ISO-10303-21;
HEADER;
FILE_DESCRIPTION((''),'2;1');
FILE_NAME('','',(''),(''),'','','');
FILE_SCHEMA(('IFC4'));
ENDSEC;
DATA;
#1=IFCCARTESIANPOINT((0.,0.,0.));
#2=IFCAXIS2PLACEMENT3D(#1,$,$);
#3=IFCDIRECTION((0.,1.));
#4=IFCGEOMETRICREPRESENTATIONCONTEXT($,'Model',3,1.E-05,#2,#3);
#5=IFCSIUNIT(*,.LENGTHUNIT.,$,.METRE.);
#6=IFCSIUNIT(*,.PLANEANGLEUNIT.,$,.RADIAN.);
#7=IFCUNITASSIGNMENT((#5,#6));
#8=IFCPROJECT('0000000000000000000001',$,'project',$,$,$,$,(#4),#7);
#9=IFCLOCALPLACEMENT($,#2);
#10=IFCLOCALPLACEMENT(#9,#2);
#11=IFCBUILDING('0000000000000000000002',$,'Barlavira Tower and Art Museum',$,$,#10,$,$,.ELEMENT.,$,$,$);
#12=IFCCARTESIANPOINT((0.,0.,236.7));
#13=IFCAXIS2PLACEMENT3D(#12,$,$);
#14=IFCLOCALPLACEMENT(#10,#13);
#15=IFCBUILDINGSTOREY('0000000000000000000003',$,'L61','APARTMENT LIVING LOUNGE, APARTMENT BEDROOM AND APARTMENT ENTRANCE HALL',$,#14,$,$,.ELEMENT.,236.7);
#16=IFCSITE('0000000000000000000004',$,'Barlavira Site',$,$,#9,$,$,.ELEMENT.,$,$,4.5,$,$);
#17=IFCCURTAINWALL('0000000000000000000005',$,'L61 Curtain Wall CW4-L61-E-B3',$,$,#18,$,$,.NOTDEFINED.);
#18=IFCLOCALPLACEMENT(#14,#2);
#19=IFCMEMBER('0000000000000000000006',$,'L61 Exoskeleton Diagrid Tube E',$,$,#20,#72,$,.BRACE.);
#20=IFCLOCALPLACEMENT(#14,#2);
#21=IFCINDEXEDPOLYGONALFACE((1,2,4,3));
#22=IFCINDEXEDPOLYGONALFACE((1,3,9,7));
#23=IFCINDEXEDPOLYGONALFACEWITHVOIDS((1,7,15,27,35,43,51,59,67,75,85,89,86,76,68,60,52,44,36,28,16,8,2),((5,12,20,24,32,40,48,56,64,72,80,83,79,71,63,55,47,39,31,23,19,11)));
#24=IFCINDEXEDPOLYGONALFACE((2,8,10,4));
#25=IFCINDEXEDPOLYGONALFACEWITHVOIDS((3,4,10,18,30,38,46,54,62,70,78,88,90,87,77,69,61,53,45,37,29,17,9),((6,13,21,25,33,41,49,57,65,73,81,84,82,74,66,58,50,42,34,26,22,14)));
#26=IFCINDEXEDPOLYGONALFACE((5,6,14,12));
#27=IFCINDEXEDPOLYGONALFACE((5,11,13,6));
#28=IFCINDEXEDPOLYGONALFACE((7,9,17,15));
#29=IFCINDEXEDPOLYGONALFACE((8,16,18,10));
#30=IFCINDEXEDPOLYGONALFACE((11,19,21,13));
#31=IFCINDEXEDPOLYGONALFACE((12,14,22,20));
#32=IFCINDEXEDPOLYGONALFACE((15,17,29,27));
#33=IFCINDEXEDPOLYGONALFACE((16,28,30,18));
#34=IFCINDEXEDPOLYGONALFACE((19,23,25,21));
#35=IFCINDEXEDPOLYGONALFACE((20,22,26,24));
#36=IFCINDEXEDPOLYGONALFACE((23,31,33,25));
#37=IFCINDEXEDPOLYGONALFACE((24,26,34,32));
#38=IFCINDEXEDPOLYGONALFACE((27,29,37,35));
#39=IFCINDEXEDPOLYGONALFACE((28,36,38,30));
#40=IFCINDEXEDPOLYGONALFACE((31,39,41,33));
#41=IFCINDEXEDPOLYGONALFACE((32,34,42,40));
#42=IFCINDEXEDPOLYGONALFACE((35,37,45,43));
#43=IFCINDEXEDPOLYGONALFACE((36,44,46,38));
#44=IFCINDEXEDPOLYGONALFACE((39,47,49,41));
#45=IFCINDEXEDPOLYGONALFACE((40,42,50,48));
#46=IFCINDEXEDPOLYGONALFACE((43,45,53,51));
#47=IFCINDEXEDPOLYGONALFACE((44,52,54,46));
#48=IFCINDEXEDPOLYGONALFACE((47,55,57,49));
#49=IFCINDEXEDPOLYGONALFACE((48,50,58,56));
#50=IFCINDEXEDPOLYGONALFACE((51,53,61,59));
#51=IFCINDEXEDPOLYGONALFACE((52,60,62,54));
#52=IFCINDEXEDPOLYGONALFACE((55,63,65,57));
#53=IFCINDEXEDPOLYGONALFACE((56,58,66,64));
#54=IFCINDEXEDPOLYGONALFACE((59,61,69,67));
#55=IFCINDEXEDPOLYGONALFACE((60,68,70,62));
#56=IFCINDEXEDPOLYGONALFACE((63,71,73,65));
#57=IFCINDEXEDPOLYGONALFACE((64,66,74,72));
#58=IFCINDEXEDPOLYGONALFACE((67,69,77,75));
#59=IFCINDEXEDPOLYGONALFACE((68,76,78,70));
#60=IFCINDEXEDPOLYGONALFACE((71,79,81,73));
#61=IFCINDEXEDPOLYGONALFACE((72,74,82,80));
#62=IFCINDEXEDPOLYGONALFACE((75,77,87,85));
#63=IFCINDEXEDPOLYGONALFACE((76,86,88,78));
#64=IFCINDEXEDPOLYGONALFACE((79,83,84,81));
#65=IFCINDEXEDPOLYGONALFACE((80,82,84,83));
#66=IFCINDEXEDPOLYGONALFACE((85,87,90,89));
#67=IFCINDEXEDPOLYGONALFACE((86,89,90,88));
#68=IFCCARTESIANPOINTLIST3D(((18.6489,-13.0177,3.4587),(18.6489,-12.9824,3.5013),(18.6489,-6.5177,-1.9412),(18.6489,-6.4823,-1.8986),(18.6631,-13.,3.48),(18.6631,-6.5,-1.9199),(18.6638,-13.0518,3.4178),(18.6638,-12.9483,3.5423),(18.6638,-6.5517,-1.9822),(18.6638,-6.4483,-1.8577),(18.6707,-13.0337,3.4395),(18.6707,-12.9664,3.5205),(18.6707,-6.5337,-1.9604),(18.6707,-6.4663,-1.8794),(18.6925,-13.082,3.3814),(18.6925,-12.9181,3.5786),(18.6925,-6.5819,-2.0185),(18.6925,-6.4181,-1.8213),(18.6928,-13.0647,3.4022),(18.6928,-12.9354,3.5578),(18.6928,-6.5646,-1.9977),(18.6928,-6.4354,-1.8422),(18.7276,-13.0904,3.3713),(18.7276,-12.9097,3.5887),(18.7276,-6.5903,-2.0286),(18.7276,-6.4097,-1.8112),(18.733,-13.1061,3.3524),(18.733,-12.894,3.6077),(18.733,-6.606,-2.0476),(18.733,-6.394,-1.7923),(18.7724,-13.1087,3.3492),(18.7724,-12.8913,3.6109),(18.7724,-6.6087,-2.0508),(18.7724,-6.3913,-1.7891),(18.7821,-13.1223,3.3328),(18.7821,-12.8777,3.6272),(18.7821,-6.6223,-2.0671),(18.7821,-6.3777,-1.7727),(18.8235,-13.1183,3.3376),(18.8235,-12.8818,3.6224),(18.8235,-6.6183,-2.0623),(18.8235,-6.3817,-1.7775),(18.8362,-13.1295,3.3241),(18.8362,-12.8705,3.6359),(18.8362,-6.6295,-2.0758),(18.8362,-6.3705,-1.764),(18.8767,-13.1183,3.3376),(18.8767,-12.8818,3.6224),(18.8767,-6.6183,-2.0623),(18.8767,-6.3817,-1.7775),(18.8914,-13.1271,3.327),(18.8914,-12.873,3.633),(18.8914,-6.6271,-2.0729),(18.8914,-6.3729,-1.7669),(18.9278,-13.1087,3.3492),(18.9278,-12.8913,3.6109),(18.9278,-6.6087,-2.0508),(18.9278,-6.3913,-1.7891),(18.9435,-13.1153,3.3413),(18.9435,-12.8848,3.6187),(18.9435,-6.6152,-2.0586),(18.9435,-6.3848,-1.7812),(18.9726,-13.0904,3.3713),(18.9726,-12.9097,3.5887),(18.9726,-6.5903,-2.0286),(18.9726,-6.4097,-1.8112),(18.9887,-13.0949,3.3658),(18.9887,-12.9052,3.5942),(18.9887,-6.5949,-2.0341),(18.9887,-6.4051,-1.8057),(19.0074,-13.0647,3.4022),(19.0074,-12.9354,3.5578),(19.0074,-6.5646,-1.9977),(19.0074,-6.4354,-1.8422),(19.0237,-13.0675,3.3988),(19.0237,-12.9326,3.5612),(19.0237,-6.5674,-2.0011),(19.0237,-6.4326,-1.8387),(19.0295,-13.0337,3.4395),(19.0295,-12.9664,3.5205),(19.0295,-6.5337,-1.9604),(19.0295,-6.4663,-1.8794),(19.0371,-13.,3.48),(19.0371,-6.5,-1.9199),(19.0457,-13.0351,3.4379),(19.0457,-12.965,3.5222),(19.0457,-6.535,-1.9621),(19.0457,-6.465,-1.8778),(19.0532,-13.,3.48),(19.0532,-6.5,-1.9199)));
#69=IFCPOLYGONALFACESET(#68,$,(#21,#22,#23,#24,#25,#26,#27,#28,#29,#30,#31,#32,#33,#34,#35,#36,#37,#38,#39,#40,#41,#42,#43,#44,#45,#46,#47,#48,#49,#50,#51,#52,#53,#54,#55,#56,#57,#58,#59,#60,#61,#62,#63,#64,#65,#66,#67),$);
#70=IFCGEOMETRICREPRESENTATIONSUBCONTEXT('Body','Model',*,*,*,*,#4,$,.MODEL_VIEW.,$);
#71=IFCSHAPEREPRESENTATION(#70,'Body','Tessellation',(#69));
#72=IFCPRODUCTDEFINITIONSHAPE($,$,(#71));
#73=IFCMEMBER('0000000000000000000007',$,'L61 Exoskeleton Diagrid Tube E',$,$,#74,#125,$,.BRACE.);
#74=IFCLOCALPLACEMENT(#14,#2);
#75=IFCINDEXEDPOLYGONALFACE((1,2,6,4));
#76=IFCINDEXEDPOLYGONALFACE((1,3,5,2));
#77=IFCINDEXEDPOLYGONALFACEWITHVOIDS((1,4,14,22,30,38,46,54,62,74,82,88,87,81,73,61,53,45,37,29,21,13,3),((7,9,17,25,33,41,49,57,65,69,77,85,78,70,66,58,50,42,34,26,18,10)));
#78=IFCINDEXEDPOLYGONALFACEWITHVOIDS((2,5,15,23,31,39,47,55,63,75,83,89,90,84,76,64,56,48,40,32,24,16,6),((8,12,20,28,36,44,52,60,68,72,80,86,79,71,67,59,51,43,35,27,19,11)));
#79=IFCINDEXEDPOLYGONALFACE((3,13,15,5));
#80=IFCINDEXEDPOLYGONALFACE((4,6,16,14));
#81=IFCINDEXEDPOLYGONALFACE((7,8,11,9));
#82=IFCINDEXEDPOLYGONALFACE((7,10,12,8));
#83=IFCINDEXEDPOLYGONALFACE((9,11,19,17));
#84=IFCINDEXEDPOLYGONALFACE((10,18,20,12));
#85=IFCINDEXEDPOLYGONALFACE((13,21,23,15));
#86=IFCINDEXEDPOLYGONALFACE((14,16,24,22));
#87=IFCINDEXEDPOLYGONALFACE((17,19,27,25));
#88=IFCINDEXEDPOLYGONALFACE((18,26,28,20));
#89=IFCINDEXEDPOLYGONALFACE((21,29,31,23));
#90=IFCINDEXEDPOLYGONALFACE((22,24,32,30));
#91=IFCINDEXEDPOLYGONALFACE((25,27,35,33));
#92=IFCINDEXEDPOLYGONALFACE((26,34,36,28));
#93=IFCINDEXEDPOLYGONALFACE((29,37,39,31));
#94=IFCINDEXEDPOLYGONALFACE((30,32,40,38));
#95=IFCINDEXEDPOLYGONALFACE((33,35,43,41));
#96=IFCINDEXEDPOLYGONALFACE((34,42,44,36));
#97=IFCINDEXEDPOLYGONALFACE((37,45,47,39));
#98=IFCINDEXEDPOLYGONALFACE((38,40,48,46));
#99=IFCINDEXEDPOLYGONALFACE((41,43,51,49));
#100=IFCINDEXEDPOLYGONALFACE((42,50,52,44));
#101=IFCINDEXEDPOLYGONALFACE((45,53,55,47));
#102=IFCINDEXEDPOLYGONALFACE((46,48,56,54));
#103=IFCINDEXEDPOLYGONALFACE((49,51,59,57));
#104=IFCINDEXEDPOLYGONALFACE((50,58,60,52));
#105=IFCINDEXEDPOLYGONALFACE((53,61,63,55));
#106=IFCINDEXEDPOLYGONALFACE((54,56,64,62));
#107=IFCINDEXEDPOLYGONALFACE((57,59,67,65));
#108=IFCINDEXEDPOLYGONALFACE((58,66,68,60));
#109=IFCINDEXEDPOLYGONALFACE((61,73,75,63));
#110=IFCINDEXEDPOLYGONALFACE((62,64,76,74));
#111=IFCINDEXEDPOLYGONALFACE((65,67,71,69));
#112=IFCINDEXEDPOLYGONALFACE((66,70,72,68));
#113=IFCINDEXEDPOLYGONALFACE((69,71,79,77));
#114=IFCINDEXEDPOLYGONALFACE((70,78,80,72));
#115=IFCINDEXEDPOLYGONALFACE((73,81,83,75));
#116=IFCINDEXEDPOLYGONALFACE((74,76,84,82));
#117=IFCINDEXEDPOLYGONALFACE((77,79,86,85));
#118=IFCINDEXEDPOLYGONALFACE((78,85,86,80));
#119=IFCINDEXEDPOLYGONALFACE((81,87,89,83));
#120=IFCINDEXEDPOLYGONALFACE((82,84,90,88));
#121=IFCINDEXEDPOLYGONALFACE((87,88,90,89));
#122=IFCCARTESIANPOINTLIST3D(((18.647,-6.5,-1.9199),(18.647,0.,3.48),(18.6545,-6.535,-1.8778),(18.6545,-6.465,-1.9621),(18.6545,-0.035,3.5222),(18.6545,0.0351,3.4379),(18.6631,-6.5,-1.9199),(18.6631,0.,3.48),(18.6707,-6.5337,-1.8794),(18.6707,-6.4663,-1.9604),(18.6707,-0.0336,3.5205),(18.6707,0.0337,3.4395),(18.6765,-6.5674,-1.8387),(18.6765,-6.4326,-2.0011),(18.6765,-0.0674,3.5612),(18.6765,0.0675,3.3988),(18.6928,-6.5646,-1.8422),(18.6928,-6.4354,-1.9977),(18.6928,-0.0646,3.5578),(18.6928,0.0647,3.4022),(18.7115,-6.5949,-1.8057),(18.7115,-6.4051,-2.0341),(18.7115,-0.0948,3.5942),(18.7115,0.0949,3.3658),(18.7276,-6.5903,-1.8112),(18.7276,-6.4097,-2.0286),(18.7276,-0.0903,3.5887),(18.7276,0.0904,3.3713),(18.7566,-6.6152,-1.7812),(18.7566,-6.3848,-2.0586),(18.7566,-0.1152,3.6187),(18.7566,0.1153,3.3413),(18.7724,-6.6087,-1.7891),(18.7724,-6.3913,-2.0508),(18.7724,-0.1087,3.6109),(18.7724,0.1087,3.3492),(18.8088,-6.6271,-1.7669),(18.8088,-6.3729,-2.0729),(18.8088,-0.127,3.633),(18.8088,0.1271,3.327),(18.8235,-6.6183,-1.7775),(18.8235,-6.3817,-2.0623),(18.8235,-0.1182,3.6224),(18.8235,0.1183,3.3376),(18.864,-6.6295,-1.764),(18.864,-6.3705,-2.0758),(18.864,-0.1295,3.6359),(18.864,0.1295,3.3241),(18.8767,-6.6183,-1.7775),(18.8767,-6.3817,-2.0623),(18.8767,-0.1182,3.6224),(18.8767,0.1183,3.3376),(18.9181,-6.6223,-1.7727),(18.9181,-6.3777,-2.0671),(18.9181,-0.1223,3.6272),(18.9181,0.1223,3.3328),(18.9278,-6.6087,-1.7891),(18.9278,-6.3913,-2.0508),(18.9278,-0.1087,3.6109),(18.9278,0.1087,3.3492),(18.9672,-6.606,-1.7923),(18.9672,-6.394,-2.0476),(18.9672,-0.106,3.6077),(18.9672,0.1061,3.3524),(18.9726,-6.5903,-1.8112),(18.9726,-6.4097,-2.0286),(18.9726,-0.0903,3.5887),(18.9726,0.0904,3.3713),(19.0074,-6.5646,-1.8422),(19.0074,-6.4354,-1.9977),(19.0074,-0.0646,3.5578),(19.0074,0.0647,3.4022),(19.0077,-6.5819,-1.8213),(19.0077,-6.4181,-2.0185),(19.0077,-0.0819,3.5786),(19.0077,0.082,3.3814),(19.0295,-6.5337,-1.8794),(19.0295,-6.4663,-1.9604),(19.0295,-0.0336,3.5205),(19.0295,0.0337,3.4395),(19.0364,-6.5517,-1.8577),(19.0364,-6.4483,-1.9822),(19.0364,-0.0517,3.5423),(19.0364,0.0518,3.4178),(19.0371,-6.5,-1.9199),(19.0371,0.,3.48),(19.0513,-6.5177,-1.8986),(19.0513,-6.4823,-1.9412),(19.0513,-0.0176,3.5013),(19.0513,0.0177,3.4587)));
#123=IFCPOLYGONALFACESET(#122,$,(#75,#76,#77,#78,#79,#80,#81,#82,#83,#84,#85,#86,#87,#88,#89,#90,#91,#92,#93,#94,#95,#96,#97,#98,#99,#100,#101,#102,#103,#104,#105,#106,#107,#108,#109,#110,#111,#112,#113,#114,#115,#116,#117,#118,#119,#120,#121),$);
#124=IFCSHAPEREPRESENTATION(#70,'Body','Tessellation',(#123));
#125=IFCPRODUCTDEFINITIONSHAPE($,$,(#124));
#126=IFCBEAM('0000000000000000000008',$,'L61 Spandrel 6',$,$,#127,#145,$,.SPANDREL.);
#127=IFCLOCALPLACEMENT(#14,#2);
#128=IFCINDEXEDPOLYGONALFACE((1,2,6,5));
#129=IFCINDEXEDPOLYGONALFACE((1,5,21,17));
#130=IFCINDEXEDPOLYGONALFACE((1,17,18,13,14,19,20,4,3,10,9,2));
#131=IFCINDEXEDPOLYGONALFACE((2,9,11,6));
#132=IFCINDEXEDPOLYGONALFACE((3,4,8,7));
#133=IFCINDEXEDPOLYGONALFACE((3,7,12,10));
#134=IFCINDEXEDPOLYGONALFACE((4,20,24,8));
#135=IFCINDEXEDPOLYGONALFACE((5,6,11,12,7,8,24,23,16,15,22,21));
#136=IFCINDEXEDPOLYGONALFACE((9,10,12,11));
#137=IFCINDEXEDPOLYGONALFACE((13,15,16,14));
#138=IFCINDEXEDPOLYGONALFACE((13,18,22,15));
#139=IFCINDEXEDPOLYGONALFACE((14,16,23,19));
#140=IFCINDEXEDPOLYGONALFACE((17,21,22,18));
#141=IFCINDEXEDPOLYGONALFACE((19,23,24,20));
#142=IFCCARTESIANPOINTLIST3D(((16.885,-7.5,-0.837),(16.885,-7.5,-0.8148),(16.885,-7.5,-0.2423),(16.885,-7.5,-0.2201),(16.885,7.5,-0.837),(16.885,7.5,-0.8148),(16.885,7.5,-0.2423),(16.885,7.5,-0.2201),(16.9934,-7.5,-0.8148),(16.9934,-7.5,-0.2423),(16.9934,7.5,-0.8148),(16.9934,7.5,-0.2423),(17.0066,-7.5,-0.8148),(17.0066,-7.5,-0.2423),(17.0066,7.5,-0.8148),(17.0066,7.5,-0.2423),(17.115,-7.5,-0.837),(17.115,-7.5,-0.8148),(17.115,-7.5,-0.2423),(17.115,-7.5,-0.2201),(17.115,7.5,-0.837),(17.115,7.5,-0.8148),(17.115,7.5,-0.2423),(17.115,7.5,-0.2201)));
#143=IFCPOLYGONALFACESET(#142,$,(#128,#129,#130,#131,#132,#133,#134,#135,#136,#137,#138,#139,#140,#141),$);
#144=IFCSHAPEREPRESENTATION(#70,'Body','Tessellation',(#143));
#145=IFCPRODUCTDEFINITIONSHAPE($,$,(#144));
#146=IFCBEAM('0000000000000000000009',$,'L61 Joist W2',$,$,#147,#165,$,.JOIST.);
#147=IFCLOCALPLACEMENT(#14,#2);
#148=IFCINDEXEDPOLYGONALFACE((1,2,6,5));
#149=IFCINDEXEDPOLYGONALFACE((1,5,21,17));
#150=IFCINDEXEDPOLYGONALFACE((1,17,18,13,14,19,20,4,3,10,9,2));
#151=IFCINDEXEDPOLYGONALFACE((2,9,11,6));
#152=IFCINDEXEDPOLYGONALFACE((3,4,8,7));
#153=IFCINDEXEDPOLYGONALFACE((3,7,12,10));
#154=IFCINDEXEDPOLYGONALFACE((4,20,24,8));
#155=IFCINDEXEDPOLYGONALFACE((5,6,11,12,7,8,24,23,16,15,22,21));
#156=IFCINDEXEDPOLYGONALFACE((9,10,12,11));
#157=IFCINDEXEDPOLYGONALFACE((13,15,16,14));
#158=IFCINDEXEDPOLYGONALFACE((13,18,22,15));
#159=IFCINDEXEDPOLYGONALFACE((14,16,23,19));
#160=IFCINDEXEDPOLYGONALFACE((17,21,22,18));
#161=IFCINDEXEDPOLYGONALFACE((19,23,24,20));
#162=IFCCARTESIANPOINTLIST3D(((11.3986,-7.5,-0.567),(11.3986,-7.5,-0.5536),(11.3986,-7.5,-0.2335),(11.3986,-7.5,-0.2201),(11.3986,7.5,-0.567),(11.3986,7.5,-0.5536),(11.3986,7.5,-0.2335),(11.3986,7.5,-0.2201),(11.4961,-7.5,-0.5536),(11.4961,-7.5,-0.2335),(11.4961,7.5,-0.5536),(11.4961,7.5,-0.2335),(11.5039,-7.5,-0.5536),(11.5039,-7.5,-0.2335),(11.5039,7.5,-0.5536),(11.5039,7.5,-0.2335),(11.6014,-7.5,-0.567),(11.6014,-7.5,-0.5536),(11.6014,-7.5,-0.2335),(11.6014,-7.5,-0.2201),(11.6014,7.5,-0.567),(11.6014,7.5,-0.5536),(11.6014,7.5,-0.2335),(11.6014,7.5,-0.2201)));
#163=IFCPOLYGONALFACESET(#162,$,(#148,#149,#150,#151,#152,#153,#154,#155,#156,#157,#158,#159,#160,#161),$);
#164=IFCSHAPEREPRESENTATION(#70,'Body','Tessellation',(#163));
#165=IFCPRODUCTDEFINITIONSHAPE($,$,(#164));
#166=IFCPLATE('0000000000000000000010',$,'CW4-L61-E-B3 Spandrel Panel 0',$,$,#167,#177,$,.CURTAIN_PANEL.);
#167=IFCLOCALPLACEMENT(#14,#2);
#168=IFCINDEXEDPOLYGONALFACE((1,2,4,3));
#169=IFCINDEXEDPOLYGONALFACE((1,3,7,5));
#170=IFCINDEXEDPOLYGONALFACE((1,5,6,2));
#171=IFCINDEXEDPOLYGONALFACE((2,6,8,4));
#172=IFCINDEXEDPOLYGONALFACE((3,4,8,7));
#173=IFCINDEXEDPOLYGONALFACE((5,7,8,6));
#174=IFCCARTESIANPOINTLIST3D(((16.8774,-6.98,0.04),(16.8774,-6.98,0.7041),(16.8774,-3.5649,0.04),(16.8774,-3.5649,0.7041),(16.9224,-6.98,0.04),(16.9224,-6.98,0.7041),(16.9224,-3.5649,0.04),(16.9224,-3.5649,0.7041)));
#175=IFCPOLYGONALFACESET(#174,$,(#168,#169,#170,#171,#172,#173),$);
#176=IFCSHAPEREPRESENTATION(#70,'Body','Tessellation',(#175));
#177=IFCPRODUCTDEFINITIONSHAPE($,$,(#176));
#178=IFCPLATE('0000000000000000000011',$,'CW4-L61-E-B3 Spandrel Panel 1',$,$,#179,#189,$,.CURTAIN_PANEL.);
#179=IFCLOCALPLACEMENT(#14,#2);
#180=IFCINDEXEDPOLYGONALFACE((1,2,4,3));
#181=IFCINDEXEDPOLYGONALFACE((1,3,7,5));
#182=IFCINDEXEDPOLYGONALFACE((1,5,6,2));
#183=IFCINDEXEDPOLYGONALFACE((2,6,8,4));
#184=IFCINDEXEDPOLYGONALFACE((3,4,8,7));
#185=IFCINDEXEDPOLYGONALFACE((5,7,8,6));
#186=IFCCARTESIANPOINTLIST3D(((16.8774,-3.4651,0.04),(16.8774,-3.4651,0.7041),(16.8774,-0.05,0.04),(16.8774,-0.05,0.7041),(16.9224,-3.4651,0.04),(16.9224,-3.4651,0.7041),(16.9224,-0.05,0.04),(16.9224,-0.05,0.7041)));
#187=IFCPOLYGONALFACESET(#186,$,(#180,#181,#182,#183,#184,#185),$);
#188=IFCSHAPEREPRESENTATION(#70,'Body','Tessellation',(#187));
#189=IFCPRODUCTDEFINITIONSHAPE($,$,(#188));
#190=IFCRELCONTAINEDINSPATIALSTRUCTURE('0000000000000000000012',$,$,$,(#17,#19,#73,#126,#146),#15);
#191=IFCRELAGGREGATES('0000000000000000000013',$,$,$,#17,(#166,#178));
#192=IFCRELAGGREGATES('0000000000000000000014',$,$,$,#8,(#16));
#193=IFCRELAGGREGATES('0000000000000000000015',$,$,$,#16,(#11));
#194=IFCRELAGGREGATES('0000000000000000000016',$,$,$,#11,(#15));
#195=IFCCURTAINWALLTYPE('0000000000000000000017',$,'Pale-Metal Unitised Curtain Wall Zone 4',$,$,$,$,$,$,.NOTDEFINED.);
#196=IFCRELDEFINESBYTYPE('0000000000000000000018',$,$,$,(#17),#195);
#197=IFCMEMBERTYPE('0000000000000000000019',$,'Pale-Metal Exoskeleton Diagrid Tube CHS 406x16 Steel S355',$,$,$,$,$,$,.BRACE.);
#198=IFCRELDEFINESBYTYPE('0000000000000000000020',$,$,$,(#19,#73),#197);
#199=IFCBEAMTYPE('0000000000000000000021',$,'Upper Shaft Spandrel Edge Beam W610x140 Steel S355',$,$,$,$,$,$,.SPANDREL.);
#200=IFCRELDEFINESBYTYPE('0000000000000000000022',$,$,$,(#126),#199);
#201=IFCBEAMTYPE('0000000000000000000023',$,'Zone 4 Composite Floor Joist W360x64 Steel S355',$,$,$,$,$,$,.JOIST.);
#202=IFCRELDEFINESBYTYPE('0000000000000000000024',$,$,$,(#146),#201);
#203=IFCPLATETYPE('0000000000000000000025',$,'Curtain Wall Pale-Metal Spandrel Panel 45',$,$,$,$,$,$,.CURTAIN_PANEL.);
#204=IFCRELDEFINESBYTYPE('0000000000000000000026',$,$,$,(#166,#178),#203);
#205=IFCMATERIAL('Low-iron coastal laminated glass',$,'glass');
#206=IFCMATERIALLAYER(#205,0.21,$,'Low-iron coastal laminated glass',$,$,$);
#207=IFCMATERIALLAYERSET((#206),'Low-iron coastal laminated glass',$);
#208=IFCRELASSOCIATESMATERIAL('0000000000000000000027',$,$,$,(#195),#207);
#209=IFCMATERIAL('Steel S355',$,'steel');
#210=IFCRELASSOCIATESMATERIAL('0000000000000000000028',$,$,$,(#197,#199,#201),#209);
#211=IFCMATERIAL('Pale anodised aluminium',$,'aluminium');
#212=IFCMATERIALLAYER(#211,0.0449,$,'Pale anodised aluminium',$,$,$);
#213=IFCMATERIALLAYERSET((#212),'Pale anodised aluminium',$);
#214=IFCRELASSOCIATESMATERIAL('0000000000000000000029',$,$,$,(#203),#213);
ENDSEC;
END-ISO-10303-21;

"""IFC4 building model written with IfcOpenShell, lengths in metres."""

from ifc_helpers import new_model, si_unit, direction, frame, origin, origin_2d, place, context, subcontext, project, spatial, rectangle, hollow_circle, i_section, extrude, material, layer, layer_set, material_profile, profile_set, type_object, element, aggregate, save


model = new_model("IFC4")

# Units and contexts
model_context = context("Model", 3, precision=1e-05, world=origin(), true_north=direction((0.0, 1.0)))
body_context = subcontext(model_context, "Body", "Model", "MODEL_VIEW")
ifc_project = project(units=[si_unit("LENGTHUNIT", "METRE"), si_unit("PLANEANGLEUNIT", "RADIAN")], contexts=[model_context])

# Site, building, storey
site_placement = place(None, origin())
site = spatial("IfcSite", under=ifc_project, at=site_placement, Name="Barlavira Site", CompositionType="ELEMENT", RefElevation=4.5)
building_placement = place(site_placement, origin())
building = spatial("IfcBuilding", under=site, at=building_placement, Name="Barlavira Tower and Art Museum", CompositionType="ELEMENT")
storey_placement = place(building_placement, frame((0.0, 0.0, 236.7)))
storey = spatial("IfcBuildingStorey", under=building, at=storey_placement, Name="L61", Description="APARTMENT LIVING LOUNGE, APARTMENT BEDROOM AND APARTMENT ENTRANCE HALL", CompositionType="ELEMENT", Elevation=236.7)

# Curtain wall
ifc_material_1 = material(Name="Low-iron coastal laminated glass", Category="glass")
ifc_layer_1 = layer(ifc_material_1, 0.21, Name="Low-iron coastal laminated glass")
ifc_layer_set_1 = layer_set([ifc_layer_1], Name="Low-iron coastal laminated glass")
curtain_wall_type = type_object("IfcCurtainWallType", Name="Pale-Metal Unitised Curtain Wall Zone 4", PredefinedType="NOTDEFINED", material=ifc_layer_set_1)
curtain_wall_placement = place(storey_placement, origin())
curtain_wall = element("IfcCurtainWall", 1, at=curtain_wall_placement, inside=storey, type_object=curtain_wall_type, Name="L61 Curtain Wall CW4-L61-E-B3", PredefinedType="NOTDEFINED")
ifc_material_2 = material(Name="Pale anodised aluminium", Category="aluminium")

# Members
ifc_material_3 = material(Name="Steel S355", Category="steel")
ifc_material_profile_1 = material_profile(ifc_material_3, hollow_circle(Radius=0.2031, WallThickness=0.0161, at=origin_2d()), Name="CHS 406.4x16.0")
ifc_profile_set_1 = profile_set([ifc_material_profile_1], Name="Steel S355")
member_type_1 = type_object("IfcMemberType", Name="Pale-Metal Exoskeleton Diagrid Tube CHS 406x16 Steel S355", PredefinedType="BRACE", material=ifc_profile_set_1)
for number, where, z_axis, x_axis, name in (
    (2, (18.8501, -6.5, -1.9199), (0.0, -0.769196, 0.639013), (1.0, 0.0, 0.0), "L61 Exoskeleton Diagrid Tube E"),
    (3, (18.8501, -6.5, -1.9199), (0.0, 0.769196, 0.639013), (-1.0, 0.0, 0.0), "L61 Exoskeleton Diagrid Tube E"),
):
    element("IfcMember", number, at=place(storey_placement, frame(where, z_axis=z_axis, x_axis=x_axis)), inside=storey, type_object=member_type_1, Name=name, PredefinedType="BRACE", context=body_context, shape_type="SweptSolid", body=[
        extrude(hollow_circle(Radius=0.2031, WallThickness=0.0161, at=origin_2d()), origin(), (0.0, 0.0, 1.0), 8.4504),
    ])

# Beams
ifc_material_profile_2 = material_profile(ifc_material_3, i_section(OverallWidth=0.23, OverallDepth=0.6169, WebThickness=0.0132, FlangeThickness=0.0222, at=origin_2d()), Name="W610x140.0")
ifc_profile_set_2 = profile_set([ifc_material_profile_2], Name="Steel S355")
beam_type_1 = type_object("IfcBeamType", Name="Upper Shaft Spandrel Edge Beam W610x140 Steel S355", PredefinedType="SPANDREL", material=ifc_profile_set_2)
beam_1_placement = place(storey_placement, frame((17.0, -7.5, -0.5286), z_axis=(0.0, 1.0, 0.0), x_axis=(-1.0, 0.0, 0.0)))
element("IfcBeam", 4, at=beam_1_placement, inside=storey, type_object=beam_type_1, Name="L61 Spandrel 6", PredefinedType="SPANDREL", context=body_context, shape_type="SweptSolid", body=[
    extrude(i_section(OverallWidth=0.23, OverallDepth=0.6169, WebThickness=0.0132, FlangeThickness=0.0222, at=origin_2d()), origin(), (0.0, 0.0, 1.0), 15.0),
])
ifc_material_profile_3 = material_profile(ifc_material_3, i_section(OverallWidth=0.2029, OverallDepth=0.3469, WebThickness=0.0078, FlangeThickness=0.0134, at=origin_2d()), Name="W360x64.0")
ifc_profile_set_3 = profile_set([ifc_material_profile_3], Name="Steel S355")
beam_type_2 = type_object("IfcBeamType", Name="Zone 4 Composite Floor Joist W360x64 Steel S355", PredefinedType="JOIST", material=ifc_profile_set_3)
beam_2_placement = place(storey_placement, frame((11.5, -7.5, -0.3936), z_axis=(0.0, 1.0, 0.0), x_axis=(-1.0, 0.0, 0.0)))
element("IfcBeam", 5, at=beam_2_placement, inside=storey, type_object=beam_type_2, Name="L61 Joist W2", PredefinedType="JOIST", context=body_context, shape_type="SweptSolid", body=[
    extrude(i_section(OverallWidth=0.2029, OverallDepth=0.3469, WebThickness=0.0078, FlangeThickness=0.0134, at=origin_2d()), origin(), (0.0, 0.0, 1.0), 15.0),
])

# Plates
ifc_layer_2 = layer(ifc_material_2, 0.0449, Name="Pale anodised aluminium")
ifc_layer_set_2 = layer_set([ifc_layer_2], Name="Pale anodised aluminium")
plate_type_1 = type_object("IfcPlateType", Name="Curtain Wall Pale-Metal Spandrel Panel 45", PredefinedType="CURTAIN_PANEL", material=ifc_layer_set_2)
plate_1_placement = place(storey_placement, frame((16.8999, -5.2725, 0.04), z_axis=(0.0, 0.0, 1.0), x_axis=(0.0, 1.0, 0.0)))
plate_1 = element("IfcPlate", 6, at=plate_1_placement, type_object=plate_type_1, Name="CW4-L61-E-B3 Spandrel Panel 0", PredefinedType="CURTAIN_PANEL", context=body_context, shape_type="SweptSolid", body=[
    extrude(rectangle(XDim=3.415, YDim=0.0449, at=origin_2d()), origin(), (0.0, 0.0, 1.0), 0.6641),
])
plate_2_placement = place(storey_placement, frame((16.8999, -1.7576, 0.04), z_axis=(0.0, 0.0, 1.0), x_axis=(0.0, 1.0, 0.0)))
plate_2 = element("IfcPlate", 7, at=plate_2_placement, type_object=plate_type_1, Name="CW4-L61-E-B3 Spandrel Panel 1", PredefinedType="CURTAIN_PANEL", context=body_context, shape_type="SweptSolid", body=[
    extrude(rectangle(XDim=3.415, YDim=0.0449, at=origin_2d()), origin(), (0.0, 0.0, 1.0), 0.6641),
])
aggregate(curtain_wall, [plate_1, plate_2])

save(model, "model.ifc")
